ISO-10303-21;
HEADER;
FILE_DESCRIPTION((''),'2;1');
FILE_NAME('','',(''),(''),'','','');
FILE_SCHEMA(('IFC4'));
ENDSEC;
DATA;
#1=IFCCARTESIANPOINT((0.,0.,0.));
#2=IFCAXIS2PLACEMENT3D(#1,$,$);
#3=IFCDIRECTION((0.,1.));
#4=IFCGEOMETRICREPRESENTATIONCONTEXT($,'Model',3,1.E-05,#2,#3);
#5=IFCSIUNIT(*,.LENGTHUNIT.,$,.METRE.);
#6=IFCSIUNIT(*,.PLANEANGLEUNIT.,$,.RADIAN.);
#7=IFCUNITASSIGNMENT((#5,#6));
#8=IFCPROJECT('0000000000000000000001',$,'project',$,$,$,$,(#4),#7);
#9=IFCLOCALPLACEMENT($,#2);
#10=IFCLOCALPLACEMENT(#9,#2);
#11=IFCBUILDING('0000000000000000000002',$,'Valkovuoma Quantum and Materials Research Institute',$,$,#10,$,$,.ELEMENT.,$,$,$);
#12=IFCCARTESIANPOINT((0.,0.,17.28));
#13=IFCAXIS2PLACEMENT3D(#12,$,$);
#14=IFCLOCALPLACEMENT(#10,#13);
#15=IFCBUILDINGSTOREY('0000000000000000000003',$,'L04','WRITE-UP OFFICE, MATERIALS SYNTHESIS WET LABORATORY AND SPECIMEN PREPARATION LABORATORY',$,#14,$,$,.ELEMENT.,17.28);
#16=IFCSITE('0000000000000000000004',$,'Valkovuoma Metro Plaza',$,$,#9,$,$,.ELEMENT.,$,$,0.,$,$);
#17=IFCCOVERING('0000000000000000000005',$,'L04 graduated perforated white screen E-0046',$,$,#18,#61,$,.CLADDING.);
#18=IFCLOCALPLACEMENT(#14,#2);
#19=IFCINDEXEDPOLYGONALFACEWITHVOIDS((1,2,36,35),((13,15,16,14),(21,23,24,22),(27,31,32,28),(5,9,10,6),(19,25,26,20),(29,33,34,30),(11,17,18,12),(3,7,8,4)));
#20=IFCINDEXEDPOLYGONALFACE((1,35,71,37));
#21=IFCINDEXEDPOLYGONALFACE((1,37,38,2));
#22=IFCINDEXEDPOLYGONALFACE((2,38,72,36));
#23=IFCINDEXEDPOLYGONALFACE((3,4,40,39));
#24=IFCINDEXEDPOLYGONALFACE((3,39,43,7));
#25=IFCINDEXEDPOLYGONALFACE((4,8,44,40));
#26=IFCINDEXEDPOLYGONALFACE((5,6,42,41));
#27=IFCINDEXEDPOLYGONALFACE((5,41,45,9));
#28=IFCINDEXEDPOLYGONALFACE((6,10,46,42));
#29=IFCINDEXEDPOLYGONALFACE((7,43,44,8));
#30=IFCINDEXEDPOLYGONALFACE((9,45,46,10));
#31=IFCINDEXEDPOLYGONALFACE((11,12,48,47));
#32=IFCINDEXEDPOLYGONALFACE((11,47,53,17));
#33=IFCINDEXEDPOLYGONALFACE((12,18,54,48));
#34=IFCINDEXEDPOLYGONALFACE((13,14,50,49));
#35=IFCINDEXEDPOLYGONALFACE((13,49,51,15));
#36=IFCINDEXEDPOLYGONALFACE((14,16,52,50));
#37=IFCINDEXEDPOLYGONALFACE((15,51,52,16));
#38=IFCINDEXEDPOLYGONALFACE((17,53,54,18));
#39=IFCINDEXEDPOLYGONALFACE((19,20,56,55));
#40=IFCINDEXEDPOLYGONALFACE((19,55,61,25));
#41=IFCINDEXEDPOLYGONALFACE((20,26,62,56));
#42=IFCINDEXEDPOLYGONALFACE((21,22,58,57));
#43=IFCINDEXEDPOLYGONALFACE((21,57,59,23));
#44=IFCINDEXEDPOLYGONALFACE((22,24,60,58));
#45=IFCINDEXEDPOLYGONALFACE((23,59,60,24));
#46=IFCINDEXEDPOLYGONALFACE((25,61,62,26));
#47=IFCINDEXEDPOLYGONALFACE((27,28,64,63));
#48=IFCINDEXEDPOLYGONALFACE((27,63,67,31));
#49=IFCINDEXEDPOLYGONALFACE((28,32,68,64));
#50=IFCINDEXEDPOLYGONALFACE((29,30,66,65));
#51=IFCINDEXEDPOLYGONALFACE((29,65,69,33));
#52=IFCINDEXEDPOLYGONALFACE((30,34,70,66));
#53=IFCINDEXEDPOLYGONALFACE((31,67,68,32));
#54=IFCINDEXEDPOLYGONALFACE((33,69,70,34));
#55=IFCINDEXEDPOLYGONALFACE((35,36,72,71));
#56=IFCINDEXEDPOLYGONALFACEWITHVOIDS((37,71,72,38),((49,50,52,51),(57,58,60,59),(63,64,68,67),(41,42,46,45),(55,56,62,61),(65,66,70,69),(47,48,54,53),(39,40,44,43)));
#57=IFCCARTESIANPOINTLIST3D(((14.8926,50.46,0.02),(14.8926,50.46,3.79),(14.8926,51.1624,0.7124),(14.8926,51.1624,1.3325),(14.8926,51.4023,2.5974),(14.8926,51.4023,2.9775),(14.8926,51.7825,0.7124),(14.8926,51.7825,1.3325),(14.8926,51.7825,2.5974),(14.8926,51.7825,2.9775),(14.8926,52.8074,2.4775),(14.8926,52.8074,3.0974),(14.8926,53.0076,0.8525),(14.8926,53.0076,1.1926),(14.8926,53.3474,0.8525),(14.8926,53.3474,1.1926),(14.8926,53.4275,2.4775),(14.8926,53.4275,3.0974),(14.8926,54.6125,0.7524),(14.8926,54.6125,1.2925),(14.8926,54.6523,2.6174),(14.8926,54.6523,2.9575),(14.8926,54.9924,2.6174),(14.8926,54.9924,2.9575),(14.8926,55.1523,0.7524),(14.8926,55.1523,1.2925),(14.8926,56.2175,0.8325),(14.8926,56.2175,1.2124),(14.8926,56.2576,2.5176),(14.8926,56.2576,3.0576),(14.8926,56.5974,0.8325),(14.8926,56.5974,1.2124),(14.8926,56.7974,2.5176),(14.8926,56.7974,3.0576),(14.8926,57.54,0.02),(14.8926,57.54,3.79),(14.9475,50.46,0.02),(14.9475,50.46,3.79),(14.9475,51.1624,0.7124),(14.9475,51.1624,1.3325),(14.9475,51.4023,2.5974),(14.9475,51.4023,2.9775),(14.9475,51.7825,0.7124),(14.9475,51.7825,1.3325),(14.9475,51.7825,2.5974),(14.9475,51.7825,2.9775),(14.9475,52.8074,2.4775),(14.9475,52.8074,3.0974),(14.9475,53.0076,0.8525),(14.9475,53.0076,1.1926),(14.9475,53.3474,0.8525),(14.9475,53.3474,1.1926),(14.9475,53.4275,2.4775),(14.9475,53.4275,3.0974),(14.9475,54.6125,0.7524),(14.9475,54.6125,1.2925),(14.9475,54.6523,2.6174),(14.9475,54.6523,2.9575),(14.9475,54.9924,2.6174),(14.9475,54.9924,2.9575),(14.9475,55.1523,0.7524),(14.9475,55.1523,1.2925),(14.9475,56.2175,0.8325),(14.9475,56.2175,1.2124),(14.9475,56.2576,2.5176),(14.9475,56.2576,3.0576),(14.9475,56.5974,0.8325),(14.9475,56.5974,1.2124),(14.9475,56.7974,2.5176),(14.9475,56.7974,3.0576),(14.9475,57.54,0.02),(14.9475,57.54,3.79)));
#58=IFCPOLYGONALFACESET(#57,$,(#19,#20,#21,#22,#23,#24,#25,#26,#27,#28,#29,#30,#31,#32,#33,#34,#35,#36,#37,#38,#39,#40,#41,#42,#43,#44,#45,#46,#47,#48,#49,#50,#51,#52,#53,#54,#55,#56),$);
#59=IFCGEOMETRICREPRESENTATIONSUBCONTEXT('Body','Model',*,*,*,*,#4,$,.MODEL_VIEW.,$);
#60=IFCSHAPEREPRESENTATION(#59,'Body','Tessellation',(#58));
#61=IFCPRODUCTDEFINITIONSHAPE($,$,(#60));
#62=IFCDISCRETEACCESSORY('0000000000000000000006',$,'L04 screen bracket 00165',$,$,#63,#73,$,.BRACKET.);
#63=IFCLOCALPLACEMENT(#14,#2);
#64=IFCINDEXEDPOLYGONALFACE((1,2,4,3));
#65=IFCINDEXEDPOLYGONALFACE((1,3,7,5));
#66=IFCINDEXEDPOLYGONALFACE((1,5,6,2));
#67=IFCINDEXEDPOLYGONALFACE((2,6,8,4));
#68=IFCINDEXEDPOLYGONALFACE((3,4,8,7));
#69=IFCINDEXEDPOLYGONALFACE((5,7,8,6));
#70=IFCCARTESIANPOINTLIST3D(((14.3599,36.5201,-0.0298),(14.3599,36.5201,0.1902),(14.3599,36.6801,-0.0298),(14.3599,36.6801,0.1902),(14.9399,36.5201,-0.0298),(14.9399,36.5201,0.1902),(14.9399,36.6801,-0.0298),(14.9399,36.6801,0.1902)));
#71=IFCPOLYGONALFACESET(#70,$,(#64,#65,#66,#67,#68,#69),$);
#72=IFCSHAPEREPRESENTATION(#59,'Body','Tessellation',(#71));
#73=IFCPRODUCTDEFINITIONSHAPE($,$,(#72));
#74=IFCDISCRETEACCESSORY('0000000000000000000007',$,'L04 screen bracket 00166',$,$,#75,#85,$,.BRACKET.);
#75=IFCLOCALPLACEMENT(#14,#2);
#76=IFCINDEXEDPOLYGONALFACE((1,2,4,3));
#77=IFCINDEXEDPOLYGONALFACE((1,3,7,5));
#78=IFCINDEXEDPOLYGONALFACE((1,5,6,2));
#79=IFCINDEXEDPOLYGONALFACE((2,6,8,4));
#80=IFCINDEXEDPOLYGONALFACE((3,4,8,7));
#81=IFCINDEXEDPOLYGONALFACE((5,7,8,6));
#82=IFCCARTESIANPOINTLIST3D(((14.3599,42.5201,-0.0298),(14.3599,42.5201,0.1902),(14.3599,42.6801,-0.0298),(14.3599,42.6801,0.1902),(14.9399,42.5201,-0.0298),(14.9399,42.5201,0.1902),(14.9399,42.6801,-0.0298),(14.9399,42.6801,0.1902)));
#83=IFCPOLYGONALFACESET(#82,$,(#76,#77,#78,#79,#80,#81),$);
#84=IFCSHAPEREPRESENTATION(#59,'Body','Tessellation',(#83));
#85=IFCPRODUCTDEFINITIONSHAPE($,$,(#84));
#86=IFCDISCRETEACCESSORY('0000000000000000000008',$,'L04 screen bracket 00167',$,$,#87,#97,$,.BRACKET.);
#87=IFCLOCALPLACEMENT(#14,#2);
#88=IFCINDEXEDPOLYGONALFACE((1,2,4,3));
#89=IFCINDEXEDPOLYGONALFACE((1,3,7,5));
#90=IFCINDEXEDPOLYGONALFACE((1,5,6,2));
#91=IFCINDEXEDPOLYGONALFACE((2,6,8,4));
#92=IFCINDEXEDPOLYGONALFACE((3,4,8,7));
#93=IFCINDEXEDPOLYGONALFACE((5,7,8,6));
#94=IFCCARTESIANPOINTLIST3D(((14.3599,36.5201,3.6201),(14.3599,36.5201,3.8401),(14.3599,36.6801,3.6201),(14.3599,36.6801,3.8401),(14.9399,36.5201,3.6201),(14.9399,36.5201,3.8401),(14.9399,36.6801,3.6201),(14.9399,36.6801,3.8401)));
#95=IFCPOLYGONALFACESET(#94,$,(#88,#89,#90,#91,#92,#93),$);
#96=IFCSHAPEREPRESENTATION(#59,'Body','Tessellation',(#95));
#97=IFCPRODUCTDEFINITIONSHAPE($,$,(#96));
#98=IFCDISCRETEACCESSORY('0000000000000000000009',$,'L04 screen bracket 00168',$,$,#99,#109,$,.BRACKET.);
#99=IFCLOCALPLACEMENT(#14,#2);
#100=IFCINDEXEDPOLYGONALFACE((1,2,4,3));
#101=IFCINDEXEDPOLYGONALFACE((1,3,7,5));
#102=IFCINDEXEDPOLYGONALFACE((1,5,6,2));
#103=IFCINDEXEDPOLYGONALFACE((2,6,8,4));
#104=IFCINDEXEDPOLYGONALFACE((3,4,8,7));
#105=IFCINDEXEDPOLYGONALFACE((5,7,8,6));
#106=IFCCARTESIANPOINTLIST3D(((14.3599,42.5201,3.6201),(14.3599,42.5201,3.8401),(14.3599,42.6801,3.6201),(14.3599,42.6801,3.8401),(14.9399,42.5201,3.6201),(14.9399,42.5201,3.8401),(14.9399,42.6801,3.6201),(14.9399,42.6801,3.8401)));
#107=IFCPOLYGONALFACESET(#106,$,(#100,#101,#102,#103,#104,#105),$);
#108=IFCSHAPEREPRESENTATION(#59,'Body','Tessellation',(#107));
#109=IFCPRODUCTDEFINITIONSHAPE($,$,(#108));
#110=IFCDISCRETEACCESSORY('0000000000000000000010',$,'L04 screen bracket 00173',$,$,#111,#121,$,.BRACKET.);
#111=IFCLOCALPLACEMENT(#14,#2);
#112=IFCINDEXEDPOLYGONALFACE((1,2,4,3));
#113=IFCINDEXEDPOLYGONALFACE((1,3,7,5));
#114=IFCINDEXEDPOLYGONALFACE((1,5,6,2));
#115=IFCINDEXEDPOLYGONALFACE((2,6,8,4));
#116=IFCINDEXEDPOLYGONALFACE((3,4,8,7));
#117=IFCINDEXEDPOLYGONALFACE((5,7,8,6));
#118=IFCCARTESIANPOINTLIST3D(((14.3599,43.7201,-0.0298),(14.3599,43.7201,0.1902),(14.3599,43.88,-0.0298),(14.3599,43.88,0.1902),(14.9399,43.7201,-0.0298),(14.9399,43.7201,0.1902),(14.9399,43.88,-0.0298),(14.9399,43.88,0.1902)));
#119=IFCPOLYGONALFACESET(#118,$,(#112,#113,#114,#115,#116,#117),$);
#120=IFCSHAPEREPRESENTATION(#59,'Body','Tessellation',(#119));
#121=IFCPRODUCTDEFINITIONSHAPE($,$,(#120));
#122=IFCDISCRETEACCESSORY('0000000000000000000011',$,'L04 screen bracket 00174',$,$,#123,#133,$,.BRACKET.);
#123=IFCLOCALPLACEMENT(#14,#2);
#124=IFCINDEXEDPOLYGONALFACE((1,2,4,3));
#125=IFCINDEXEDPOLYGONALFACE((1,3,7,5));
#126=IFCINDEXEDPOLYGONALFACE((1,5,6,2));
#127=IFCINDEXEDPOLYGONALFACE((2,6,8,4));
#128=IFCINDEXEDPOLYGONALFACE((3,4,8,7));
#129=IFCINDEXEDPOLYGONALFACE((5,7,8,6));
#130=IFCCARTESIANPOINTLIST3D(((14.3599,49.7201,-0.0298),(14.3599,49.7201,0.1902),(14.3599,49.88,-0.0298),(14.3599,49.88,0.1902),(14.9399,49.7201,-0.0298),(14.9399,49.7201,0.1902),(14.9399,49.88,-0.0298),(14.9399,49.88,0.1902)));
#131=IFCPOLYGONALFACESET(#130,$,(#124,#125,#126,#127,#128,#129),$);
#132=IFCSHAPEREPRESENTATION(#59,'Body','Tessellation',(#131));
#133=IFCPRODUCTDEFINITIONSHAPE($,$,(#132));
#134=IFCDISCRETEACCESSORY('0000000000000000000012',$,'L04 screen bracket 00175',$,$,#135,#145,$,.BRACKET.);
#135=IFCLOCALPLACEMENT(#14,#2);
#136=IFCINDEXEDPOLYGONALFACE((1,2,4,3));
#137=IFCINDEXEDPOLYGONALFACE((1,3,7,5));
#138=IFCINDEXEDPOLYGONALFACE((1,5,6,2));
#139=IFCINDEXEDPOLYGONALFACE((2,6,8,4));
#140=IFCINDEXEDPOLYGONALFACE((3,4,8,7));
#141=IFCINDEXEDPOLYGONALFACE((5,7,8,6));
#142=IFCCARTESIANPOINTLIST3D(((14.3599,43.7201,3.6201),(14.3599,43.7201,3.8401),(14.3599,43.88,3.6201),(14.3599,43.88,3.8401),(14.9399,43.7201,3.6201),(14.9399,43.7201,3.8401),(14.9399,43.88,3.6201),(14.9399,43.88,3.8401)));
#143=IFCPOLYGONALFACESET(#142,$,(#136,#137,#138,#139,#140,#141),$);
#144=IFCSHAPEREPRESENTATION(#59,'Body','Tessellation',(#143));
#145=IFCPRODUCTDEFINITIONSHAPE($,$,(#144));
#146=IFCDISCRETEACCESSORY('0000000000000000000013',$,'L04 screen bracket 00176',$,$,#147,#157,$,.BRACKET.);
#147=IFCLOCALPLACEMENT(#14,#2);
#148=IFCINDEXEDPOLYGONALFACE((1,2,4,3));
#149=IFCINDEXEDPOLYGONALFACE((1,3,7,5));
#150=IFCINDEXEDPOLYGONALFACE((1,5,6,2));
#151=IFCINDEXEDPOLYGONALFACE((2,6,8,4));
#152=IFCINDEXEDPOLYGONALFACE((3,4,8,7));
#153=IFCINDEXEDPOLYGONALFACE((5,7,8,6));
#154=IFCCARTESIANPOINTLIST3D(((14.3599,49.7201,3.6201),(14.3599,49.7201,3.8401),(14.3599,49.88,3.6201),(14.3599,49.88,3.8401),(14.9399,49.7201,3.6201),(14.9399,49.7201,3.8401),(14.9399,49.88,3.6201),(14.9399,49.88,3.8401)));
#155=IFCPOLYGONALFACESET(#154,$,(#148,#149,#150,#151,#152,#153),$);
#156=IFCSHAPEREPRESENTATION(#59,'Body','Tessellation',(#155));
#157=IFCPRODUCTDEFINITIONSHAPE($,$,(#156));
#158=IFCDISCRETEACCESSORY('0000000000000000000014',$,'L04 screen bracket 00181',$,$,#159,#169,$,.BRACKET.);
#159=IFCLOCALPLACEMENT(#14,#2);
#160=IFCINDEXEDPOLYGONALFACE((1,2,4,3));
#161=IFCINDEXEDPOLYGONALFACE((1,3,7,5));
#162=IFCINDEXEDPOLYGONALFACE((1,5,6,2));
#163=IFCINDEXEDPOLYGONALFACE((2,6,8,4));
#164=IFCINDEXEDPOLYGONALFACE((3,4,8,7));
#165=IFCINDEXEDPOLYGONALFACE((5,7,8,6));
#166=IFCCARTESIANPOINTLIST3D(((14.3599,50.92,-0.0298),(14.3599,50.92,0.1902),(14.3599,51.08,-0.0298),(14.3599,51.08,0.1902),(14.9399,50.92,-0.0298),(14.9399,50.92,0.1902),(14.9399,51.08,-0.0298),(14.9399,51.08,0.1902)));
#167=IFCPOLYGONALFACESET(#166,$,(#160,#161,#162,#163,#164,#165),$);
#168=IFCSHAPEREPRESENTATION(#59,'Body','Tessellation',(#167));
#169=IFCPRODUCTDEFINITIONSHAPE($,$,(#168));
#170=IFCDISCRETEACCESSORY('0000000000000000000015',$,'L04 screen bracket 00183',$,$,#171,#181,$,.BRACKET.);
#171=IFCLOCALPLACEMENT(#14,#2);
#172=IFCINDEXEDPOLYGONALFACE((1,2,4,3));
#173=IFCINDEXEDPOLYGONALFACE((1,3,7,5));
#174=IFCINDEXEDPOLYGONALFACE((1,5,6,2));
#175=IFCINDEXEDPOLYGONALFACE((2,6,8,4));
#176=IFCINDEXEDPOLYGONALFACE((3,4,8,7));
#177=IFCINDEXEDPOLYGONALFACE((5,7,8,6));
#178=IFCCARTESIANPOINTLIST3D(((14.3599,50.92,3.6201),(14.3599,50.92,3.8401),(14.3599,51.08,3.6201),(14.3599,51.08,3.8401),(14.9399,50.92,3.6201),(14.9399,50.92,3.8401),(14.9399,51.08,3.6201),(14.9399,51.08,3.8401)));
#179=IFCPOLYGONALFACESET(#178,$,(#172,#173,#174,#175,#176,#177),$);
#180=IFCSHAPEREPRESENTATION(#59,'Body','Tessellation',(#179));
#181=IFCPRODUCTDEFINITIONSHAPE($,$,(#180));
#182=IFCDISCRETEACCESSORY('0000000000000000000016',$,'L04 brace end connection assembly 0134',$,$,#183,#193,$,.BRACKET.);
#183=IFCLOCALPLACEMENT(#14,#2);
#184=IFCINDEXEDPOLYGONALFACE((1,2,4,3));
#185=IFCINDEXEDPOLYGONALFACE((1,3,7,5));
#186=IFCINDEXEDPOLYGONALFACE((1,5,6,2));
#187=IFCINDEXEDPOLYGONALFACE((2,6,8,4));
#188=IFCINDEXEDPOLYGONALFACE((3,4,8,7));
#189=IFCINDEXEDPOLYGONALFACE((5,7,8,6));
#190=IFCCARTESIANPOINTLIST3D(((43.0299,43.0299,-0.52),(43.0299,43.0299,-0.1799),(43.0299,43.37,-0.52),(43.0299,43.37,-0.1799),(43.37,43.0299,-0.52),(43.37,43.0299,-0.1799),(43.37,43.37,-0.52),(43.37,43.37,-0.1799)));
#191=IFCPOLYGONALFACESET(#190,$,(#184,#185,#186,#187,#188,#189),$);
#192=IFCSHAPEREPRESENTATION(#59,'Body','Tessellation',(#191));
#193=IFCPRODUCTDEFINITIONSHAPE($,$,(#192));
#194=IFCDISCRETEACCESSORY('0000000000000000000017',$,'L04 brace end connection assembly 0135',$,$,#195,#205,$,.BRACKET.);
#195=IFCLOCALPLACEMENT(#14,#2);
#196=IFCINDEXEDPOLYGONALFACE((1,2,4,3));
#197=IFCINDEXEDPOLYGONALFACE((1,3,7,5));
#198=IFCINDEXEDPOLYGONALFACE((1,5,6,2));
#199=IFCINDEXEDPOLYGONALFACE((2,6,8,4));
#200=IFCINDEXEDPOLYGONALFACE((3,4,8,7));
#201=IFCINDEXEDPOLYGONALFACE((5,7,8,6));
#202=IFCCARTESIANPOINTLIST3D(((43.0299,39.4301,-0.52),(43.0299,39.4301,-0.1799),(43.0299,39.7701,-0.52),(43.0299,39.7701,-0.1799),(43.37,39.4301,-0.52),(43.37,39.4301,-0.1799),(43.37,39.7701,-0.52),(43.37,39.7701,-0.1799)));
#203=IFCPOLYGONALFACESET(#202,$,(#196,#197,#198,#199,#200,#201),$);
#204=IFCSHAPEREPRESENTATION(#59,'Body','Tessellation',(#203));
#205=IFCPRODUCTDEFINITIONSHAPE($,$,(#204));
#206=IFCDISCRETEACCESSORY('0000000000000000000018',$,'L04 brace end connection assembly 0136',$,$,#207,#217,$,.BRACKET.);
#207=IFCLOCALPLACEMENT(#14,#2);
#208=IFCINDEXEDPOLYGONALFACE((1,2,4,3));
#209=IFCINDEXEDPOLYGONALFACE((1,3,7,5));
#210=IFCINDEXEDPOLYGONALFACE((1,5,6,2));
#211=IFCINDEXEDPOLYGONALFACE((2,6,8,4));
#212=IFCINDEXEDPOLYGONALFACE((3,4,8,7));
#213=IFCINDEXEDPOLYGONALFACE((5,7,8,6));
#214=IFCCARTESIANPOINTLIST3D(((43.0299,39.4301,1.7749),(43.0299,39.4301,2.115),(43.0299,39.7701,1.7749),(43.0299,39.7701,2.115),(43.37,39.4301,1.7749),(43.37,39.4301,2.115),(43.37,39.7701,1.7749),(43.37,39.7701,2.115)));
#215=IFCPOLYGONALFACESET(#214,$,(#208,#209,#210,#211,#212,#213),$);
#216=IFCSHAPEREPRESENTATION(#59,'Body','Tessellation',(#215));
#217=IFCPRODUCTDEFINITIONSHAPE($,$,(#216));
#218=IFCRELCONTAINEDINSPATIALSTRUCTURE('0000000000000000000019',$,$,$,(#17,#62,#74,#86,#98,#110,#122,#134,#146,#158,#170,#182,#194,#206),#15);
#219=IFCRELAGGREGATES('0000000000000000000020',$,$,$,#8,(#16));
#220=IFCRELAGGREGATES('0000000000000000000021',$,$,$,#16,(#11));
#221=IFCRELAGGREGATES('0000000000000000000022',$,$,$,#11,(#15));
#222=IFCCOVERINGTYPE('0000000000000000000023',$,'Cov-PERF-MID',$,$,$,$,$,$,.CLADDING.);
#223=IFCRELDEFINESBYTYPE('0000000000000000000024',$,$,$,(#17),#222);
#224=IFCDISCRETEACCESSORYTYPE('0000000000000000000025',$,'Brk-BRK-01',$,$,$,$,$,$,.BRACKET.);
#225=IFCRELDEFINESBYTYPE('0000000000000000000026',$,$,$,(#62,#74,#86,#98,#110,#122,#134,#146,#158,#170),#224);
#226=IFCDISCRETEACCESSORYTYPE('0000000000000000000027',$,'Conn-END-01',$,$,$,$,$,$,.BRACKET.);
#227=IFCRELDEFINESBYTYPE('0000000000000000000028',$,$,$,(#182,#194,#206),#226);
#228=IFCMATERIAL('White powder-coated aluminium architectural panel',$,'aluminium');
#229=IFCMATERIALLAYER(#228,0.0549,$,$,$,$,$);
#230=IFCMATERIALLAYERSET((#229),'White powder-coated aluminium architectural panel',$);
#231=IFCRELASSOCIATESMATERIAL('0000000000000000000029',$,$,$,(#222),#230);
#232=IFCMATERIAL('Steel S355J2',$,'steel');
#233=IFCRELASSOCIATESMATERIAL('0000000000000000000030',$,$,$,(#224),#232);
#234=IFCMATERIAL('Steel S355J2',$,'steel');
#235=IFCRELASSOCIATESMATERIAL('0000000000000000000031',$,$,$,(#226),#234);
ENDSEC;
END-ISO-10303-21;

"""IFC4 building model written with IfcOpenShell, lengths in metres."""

from ifc_helpers import new_model, si_unit, direction, frame, origin, origin_2d, place, context, subcontext, project, spatial, polyline, rectangle, outline, extrude, material, layer, layer_set, type_object, element, save


model = new_model("IFC4")

# Units and contexts
model_context = context("Model", 3, precision=1e-05, world=origin(), true_north=direction((0.0, 1.0)))
body_context = subcontext(model_context, "Body", "Model", "MODEL_VIEW")
ifc_project = project(units=[si_unit("LENGTHUNIT", "METRE"), si_unit("PLANEANGLEUNIT", "RADIAN")], contexts=[model_context])

# Site, building, storey
site_placement = place(None, origin())
site = spatial("IfcSite", under=ifc_project, at=site_placement, Name="Valkovuoma Metro Plaza", CompositionType="ELEMENT", RefElevation=0.0)
building_placement = place(site_placement, origin())
building = spatial("IfcBuilding", under=site, at=building_placement, Name="Valkovuoma Quantum and Materials Research Institute", CompositionType="ELEMENT")
storey_placement = place(building_placement, frame((0.0, 0.0, 17.28)))
storey = spatial("IfcBuildingStorey", under=building, at=storey_placement, Name="L04", Description="WRITE-UP OFFICE, MATERIALS SYNTHESIS WET LABORATORY AND SPECIMEN PREPARATION LABORATORY", CompositionType="ELEMENT", Elevation=17.28)

# Covering
ifc_material_1 = material(Name="White powder-coated aluminium architectural panel", Category="aluminium")
ifc_layer_1 = layer(ifc_material_1, 0.0549)
ifc_layer_set_1 = layer_set([ifc_layer_1], Name="White powder-coated aluminium architectural panel")
covering_type = type_object("IfcCoveringType", Name="Cov-PERF-MID", PredefinedType="CLADDING", material=ifc_layer_set_1)
covering_1_placement = place(storey_placement, frame((14.9199, 50.46, 0.02), z_axis=(0.0, 0.0, 1.0), x_axis=(0.0, 1.0, 0.0)))
element("IfcCovering", 1, at=covering_1_placement, inside=storey, type_object=covering_type, Name="L04 graduated perforated white screen E-0046", PredefinedType="CLADDING", context=body_context, shape_type="SweptSolid", body=[
    extrude(outline(polyline([(0.0, 0.0), (7.0801, 0.0), (7.0801, 3.77), (0.0, 3.77), (0.0, 0.0)]), holes=[polyline([(0.7024, 0.6924), (0.7024, 1.3125), (1.3225, 1.3125), (1.3225, 0.6924), (0.7024, 0.6924)]), polyline([(0.9424, 2.5774), (0.9424, 2.9575), (1.3225, 2.9575), (1.3225, 2.5774), (0.9424, 2.5774)]), polyline([(2.5476, 0.8325), (2.5476, 1.1726), (2.8875, 1.1726), (2.8875, 0.8325), (2.5476, 0.8325)]), polyline([(2.3474, 2.4575), (2.3474, 3.0774), (2.9675, 3.0774), (2.9675, 2.4575), (2.3474, 2.4575)]), polyline([(4.1526, 0.7324), (4.1526, 1.2725), (4.6924, 1.2725), (4.6924, 0.7324), (4.1526, 0.7324)]), polyline([(4.1924, 2.5974), (4.1924, 2.9375), (4.5325, 2.9375), (4.5325, 2.5974), (4.1924, 2.5974)]), polyline([(5.7576, 0.8125), (5.7576, 1.1924), (6.1375, 1.1924), (6.1375, 0.8125), (5.7576, 0.8125)]), polyline([(5.7976, 2.4976), (5.7976, 3.0376), (6.3374, 3.0376), (6.3374, 2.4976), (5.7976, 2.4976)])]), frame((0.0, 0.0273, 0.0), z_axis=(0.0, -1.0, 0.0), x_axis=(1.0, 0.0, 0.0)), (0.0, 0.0, 1.0), 0.0549),
])

# Discrete accessories
ifc_material_2 = material(Name="Steel S355J2", Category="steel")
discrete_accessory_type_1 = type_object("IfcDiscreteAccessoryType", Name="Brk-BRK-01", PredefinedType="BRACKET", material=ifc_material_2)
for number, where, z_axis, x_axis, name in (
    (2, (14.6499, 36.6001, -0.0298), (0.0, 0.0, 1.0), (1.0, 0.0, 0.0), "L04 screen bracket 00165"),
    (3, (14.6499, 42.6001, -0.0298), (0.0, 0.0, 1.0), (1.0, 0.0, 0.0), "L04 screen bracket 00166"),
    (4, (14.6499, 36.6001, 3.6201), (0.0, 0.0, 1.0), (1.0, 0.0, 0.0), "L04 screen bracket 00167"),
    (5, (14.6499, 42.6001, 3.6201), (0.0, 0.0, 1.0), (1.0, 0.0, 0.0), "L04 screen bracket 00168"),
    (6, (14.6499, 43.8, -0.0298), (0.0, 0.0, 1.0), (1.0, 0.0, 0.0), "L04 screen bracket 00173"),
    (7, (14.6499, 49.8, -0.0298), (0.0, 0.0, 1.0), (1.0, 0.0, 0.0), "L04 screen bracket 00174"),
    (8, (14.6499, 43.8, 3.6201), (0.0, 0.0, 1.0), (1.0, 0.0, 0.0), "L04 screen bracket 00175"),
    (9, (14.6499, 49.8, 3.6201), (0.0, 0.0, 1.0), (1.0, 0.0, 0.0), "L04 screen bracket 00176"),
    (10, (14.6499, 51.0, -0.0298), (0.0, 0.0, 1.0), (1.0, 0.0, 0.0), "L04 screen bracket 00181"),
    (11, (14.6499, 51.0, 3.6201), (0.0, 0.0, 1.0), (1.0, 0.0, 0.0), "L04 screen bracket 00183"),
):
    element("IfcDiscreteAccessory", number, at=place(storey_placement, frame(where, z_axis=z_axis, x_axis=x_axis)), inside=storey, type_object=discrete_accessory_type_1, Name=name, PredefinedType="BRACKET", context=body_context, shape_type="SweptSolid", body=[
        extrude(rectangle(XDim=0.5801, YDim=0.1599, at=origin_2d()), origin(), (0.0, 0.0, 1.0), 0.22),
    ])
ifc_material_3 = material(Name="Steel S355J2", Category="steel")
discrete_accessory_type_2 = type_object("IfcDiscreteAccessoryType", Name="Conn-END-01", PredefinedType="BRACKET", material=ifc_material_3)
for number, where, z_axis, x_axis, name in (
    (12, (43.2, 43.2, -0.52), (0.0, 0.0, 1.0), (1.0, 0.0, 0.0), "L04 brace end connection assembly 0134"),
    (13, (43.2, 39.6001, -0.52), (0.0, 0.0, 1.0), (1.0, 0.0, 0.0), "L04 brace end connection assembly 0135"),
    (14, (43.2, 39.6001, 1.7749), (0.0, 0.0, 1.0), (1.0, 0.0, 0.0), "L04 brace end connection assembly 0136"),
):
    element("IfcDiscreteAccessory", number, at=place(storey_placement, frame(where, z_axis=z_axis, x_axis=x_axis)), inside=storey, type_object=discrete_accessory_type_2, Name=name, PredefinedType="BRACKET", context=body_context, shape_type="SweptSolid", body=[
        extrude(rectangle(XDim=0.3401, YDim=0.3401, at=origin_2d()), origin(), (0.0, 0.0, 1.0), 0.3401),
    ])

save(model, "model.ifc")
